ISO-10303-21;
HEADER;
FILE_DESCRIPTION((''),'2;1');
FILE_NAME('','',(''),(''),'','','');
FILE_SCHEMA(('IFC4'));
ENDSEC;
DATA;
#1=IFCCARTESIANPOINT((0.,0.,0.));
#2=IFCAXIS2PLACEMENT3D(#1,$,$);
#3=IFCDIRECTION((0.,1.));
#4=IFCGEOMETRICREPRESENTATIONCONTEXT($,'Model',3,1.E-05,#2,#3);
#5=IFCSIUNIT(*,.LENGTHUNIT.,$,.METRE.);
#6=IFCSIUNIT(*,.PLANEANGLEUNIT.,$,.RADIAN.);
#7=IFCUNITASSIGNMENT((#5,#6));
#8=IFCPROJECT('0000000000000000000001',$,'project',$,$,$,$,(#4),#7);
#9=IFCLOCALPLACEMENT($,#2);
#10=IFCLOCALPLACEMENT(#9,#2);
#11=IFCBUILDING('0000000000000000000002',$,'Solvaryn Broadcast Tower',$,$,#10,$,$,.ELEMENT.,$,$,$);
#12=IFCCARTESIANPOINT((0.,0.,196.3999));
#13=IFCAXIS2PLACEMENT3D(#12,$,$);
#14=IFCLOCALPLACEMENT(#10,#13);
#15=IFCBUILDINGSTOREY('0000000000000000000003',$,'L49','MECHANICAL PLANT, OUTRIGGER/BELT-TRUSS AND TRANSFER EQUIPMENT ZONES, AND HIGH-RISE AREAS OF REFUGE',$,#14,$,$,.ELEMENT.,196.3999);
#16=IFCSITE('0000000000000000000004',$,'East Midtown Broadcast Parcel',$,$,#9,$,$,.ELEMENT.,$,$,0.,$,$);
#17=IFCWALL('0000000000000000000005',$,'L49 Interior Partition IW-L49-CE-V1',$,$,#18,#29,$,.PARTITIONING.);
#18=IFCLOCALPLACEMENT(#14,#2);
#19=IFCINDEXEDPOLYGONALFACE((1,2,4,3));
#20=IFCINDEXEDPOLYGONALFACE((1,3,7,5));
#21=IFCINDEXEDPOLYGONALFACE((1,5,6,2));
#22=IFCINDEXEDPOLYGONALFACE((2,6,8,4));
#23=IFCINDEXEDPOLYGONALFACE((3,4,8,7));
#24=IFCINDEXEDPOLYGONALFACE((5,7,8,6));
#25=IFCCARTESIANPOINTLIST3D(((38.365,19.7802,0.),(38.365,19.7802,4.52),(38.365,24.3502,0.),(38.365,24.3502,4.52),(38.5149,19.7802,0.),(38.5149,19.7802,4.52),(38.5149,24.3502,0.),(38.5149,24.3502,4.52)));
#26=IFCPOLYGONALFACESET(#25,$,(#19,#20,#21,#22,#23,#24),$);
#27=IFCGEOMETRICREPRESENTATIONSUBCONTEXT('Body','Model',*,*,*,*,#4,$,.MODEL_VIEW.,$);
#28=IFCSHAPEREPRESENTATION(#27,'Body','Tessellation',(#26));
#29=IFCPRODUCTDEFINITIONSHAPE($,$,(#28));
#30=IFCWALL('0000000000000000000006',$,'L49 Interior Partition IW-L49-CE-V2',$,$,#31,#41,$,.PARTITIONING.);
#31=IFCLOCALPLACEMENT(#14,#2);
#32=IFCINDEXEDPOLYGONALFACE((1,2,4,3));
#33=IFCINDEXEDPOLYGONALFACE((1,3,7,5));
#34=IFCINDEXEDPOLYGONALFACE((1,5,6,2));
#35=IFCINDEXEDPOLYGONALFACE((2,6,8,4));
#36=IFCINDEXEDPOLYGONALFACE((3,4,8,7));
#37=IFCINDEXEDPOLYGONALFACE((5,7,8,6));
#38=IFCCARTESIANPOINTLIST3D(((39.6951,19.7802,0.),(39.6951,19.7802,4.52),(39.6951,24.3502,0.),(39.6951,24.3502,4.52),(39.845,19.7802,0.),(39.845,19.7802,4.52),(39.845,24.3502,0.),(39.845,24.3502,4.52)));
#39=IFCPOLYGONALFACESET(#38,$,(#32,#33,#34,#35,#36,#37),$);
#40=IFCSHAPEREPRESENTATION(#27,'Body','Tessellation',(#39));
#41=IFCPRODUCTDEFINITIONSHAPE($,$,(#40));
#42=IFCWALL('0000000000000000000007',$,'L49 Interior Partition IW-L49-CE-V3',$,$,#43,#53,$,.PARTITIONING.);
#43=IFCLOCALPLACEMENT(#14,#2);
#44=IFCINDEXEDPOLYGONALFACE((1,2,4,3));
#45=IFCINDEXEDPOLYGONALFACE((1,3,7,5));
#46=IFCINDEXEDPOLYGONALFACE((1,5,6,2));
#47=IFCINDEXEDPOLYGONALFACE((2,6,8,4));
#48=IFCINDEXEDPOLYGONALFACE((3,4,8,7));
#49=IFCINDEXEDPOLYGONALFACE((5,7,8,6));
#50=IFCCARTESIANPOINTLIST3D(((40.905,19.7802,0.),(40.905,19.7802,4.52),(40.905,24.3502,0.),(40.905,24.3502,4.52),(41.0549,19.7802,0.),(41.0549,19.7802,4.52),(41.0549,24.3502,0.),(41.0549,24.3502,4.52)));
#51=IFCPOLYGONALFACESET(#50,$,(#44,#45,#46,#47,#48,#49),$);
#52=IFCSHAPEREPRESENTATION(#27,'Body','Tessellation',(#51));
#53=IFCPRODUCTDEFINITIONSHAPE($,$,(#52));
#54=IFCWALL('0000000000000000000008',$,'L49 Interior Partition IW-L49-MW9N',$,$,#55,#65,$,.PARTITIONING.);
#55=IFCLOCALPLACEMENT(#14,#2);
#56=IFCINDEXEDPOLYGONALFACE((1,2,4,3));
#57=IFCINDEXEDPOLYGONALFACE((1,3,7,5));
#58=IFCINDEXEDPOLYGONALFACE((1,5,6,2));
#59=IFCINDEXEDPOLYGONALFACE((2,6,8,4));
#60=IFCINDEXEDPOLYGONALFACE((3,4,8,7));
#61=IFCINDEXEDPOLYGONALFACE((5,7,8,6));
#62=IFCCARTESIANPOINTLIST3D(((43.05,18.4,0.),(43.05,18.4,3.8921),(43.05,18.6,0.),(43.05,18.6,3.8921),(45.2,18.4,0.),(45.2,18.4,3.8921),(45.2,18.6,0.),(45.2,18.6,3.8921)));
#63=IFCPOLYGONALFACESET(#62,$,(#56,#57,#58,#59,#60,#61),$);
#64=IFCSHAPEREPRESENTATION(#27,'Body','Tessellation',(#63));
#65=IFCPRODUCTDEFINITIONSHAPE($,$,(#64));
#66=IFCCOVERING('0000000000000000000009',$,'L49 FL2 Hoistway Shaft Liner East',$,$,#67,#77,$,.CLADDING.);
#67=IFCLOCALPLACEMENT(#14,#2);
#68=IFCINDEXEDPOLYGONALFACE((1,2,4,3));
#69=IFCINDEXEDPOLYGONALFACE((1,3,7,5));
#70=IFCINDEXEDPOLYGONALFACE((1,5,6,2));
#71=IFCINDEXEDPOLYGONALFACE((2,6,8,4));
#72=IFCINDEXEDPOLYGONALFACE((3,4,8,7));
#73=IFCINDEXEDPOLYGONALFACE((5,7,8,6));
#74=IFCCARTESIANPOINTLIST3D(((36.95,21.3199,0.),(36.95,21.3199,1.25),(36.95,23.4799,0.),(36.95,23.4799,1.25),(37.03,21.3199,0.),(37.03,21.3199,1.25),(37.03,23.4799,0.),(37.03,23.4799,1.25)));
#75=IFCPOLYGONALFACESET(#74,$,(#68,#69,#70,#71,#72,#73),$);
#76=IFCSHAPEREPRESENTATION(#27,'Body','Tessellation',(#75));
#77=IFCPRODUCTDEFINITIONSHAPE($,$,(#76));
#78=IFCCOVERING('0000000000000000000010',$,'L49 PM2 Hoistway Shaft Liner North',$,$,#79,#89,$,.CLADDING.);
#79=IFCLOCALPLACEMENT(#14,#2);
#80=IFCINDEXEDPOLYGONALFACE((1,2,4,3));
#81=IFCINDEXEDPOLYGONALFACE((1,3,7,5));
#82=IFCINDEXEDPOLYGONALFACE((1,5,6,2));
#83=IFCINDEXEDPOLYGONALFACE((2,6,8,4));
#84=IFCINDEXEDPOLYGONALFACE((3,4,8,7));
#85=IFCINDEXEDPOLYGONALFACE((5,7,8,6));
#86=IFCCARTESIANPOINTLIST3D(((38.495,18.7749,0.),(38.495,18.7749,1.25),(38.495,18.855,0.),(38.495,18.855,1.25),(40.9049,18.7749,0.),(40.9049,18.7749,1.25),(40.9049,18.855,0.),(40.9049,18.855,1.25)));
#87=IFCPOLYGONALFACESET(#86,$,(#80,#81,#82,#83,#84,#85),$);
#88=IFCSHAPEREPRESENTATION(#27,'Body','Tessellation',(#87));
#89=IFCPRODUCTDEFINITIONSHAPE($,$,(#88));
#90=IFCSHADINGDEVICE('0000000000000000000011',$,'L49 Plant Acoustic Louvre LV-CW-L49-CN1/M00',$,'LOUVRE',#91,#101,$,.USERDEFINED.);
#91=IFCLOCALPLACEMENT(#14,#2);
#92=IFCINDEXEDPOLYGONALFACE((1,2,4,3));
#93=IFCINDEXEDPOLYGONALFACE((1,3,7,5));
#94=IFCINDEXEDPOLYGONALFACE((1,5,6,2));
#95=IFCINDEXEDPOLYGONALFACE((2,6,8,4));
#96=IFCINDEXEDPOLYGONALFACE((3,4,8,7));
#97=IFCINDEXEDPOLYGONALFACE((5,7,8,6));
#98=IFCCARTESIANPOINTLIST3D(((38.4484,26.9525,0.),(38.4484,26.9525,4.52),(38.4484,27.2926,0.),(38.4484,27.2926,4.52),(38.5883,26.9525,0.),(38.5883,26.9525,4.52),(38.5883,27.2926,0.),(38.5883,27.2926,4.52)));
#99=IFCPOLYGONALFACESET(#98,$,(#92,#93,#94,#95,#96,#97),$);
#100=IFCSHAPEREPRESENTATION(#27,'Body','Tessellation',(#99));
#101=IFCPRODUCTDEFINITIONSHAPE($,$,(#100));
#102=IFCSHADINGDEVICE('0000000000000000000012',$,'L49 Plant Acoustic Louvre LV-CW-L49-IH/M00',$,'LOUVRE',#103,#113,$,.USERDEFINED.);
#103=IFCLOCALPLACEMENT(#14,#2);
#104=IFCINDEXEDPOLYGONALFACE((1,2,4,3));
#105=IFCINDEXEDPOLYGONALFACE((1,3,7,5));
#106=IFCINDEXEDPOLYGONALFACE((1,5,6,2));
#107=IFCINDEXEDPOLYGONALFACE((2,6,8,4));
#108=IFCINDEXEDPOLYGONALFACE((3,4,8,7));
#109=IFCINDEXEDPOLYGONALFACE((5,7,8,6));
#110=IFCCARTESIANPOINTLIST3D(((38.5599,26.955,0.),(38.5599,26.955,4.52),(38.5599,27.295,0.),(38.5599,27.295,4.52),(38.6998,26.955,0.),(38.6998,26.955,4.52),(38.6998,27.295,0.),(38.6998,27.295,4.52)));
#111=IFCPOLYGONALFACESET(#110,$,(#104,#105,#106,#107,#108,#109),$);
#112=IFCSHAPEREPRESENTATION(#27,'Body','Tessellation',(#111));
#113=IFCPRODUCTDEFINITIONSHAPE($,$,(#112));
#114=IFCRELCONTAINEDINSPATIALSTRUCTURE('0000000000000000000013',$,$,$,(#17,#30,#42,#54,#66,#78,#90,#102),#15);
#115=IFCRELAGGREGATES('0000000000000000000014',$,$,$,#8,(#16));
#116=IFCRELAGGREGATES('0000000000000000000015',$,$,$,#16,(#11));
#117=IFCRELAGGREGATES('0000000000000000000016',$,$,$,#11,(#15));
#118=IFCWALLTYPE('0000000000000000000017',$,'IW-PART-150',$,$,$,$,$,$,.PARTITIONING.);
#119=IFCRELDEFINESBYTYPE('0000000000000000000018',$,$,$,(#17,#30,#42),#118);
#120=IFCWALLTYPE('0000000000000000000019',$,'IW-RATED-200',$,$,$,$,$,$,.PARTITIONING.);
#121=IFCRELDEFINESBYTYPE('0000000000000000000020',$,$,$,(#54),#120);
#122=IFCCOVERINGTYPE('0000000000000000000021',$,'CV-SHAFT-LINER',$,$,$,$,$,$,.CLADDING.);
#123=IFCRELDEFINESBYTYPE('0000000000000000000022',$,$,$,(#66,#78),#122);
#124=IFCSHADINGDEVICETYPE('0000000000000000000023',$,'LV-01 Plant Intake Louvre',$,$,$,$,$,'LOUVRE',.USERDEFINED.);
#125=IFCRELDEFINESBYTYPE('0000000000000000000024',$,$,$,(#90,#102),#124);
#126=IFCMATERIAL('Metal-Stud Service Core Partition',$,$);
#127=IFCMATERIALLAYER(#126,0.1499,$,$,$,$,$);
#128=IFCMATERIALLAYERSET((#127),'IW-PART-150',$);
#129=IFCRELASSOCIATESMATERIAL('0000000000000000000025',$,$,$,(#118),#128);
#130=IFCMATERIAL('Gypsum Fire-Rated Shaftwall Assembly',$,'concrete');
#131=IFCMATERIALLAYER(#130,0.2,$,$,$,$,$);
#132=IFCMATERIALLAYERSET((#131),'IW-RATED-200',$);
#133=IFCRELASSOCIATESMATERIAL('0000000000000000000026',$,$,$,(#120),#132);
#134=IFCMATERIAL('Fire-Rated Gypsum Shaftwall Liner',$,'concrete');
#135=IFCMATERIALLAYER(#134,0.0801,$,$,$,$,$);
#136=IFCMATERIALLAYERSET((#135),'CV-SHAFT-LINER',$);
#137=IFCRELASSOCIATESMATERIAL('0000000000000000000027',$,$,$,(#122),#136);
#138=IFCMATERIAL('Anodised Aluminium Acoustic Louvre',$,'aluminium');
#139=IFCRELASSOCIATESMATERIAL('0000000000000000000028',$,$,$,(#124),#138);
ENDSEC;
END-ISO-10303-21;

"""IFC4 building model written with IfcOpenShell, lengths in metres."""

from ifc_helpers import new_model, si_unit, direction, frame, frame_2d, origin, origin_2d, place, context, subcontext, project, spatial, rectangle, extrude, material, layer, layer_set, type_object, element, save


model = new_model("IFC4")

# Units and contexts
model_context = context("Model", 3, precision=1e-05, world=origin(), true_north=direction((0.0, 1.0)))
body_context = subcontext(model_context, "Body", "Model", "MODEL_VIEW")
ifc_project = project(units=[si_unit("LENGTHUNIT", "METRE"), si_unit("PLANEANGLEUNIT", "RADIAN")], contexts=[model_context])

# Site, building, storey
site_placement = place(None, origin())
site = spatial("IfcSite", under=ifc_project, at=site_placement, Name="East Midtown Broadcast Parcel", CompositionType="ELEMENT", RefElevation=0.0)
building_placement = place(site_placement, origin())
building = spatial("IfcBuilding", under=site, at=building_placement, Name="Solvaryn Broadcast Tower", CompositionType="ELEMENT")
storey_placement = place(building_placement, frame((0.0, 0.0, 196.3999)))
storey = spatial("IfcBuildingStorey", under=building, at=storey_placement, Name="L49", Description="MECHANICAL PLANT, OUTRIGGER/BELT-TRUSS AND TRANSFER EQUIPMENT ZONES, AND HIGH-RISE AREAS OF REFUGE", CompositionType="ELEMENT", Elevation=196.3999)

# Walls
ifc_material_1 = material(Name="Metal-Stud Service Core Partition")
ifc_layer_1 = layer(ifc_material_1, 0.1499)
ifc_layer_set_1 = layer_set([ifc_layer_1], Name="IW-PART-150")
wall_type_1 = type_object("IfcWallType", Name="IW-PART-150", PredefinedType="PARTITIONING", material=ifc_layer_set_1)
for number, where, z_axis, x_axis, name in (
    (1, (38.4399, 19.78, 0.0), (0.0, 0.0, 1.0), (0.0, 1.0, 0.0), "L49 Interior Partition IW-L49-CE-V1"),
    (2, (39.77, 19.78, 0.0), (0.0, 0.0, 1.0), (0.0, 1.0, 0.0), "L49 Interior Partition IW-L49-CE-V2"),
    (3, (40.98, 19.78, 0.0), (0.0, 0.0, 1.0), (0.0, 1.0, 0.0), "L49 Interior Partition IW-L49-CE-V3"),
):
    element("IfcWall", number, at=place(storey_placement, frame(where, z_axis=z_axis, x_axis=x_axis)), inside=storey, type_object=wall_type_1, Name=name, PredefinedType="PARTITIONING", context=body_context, shape_type="SweptSolid", body=[
        extrude(rectangle(XDim=4.5701, YDim=0.1499, at=frame_2d((2.2852, 0.0))), origin(), (0.0, 0.0, 1.0), 4.52),
    ])

# Shared definitions
ifc_material_2 = material(Name="Gypsum Fire-Rated Shaftwall Assembly", Category="concrete")
ifc_layer_2 = layer(ifc_material_2, 0.2)
ifc_layer_set_2 = layer_set([ifc_layer_2], Name="IW-RATED-200")
wall_type_2 = type_object("IfcWallType", Name="IW-RATED-200", PredefinedType="PARTITIONING", material=ifc_layer_set_2)

# Wall
wall_1_placement = place(storey_placement, frame((43.05, 18.5, 0.0), z_axis=(0.0, 0.0, 1.0), x_axis=(1.0, 0.0, 0.0)))
element("IfcWall", 4, at=wall_1_placement, inside=storey, type_object=wall_type_2, Name="L49 Interior Partition IW-L49-MW9N", PredefinedType="PARTITIONING", context=body_context, shape_type="SweptSolid", body=[
    extrude(rectangle(XDim=2.1499, YDim=0.2, at=frame_2d((1.075, 0.0))), origin(), (0.0, 0.0, 1.0), 3.8921),
])

# Coverings
ifc_material_3 = material(Name="Fire-Rated Gypsum Shaftwall Liner", Category="concrete")
ifc_layer_3 = layer(ifc_material_3, 0.0801)
ifc_layer_set_3 = layer_set([ifc_layer_3], Name="CV-SHAFT-LINER")
covering_type = type_object("IfcCoveringType", Name="CV-SHAFT-LINER", PredefinedType="CLADDING", material=ifc_layer_set_3)
covering_1_placement = place(storey_placement, frame((36.99, 22.3999, 0.0), z_axis=(0.0, 0.0, 1.0), x_axis=(1.0, 0.0, 0.0)))
element("IfcCovering", 5, at=covering_1_placement, inside=storey, type_object=covering_type, Name="L49 FL2 Hoistway Shaft Liner East", PredefinedType="CLADDING", context=body_context, shape_type="SweptSolid", body=[
    extrude(rectangle(XDim=0.0801, YDim=2.1599, at=origin_2d()), origin(), (0.0, 0.0, 1.0), 1.25),
])
covering_2_placement = place(storey_placement, frame((39.7, 18.8149, 0.0), z_axis=(0.0, 0.0, 1.0), x_axis=(1.0, 0.0, 0.0)))
element("IfcCovering", 6, at=covering_2_placement, inside=storey, type_object=covering_type, Name="L49 PM2 Hoistway Shaft Liner North", PredefinedType="CLADDING", context=body_context, shape_type="SweptSolid", body=[
    extrude(rectangle(XDim=2.4099, YDim=0.0801, at=origin_2d()), origin(), (0.0, 0.0, 1.0), 1.25),
])

# Shading devices
ifc_material_4 = material(Name="Anodised Aluminium Acoustic Louvre", Category="aluminium")
shading_device_type = type_object("IfcShadingDeviceType", Name="LV-01 Plant Intake Louvre", ElementType="LOUVRE", PredefinedType="USERDEFINED", material=ifc_material_4)
for number, where, z_axis, x_axis, name in (
    (7, (38.5183, 27.1226, 0.0), (0.0, 0.0, 1.0), (1.0, 0.0, 0.0), "L49 Plant Acoustic Louvre LV-CW-L49-CN1/M00"),
    (8, (38.6299, 27.125, 0.0), (0.0, 0.0, 1.0), (1.0, 0.0, 0.0), "L49 Plant Acoustic Louvre LV-CW-L49-IH/M00"),
):
    element("IfcShadingDevice", number, at=place(storey_placement, frame(where, z_axis=z_axis, x_axis=x_axis)), inside=storey, type_object=shading_device_type, Name=name, ObjectType="LOUVRE", PredefinedType="USERDEFINED", context=body_context, shape_type="SweptSolid", body=[
        extrude(rectangle(XDim=0.1399, YDim=0.3401, at=origin_2d()), origin(), (0.0, 0.0, 1.0), 4.52),
    ])

save(model, "model.ifc")
